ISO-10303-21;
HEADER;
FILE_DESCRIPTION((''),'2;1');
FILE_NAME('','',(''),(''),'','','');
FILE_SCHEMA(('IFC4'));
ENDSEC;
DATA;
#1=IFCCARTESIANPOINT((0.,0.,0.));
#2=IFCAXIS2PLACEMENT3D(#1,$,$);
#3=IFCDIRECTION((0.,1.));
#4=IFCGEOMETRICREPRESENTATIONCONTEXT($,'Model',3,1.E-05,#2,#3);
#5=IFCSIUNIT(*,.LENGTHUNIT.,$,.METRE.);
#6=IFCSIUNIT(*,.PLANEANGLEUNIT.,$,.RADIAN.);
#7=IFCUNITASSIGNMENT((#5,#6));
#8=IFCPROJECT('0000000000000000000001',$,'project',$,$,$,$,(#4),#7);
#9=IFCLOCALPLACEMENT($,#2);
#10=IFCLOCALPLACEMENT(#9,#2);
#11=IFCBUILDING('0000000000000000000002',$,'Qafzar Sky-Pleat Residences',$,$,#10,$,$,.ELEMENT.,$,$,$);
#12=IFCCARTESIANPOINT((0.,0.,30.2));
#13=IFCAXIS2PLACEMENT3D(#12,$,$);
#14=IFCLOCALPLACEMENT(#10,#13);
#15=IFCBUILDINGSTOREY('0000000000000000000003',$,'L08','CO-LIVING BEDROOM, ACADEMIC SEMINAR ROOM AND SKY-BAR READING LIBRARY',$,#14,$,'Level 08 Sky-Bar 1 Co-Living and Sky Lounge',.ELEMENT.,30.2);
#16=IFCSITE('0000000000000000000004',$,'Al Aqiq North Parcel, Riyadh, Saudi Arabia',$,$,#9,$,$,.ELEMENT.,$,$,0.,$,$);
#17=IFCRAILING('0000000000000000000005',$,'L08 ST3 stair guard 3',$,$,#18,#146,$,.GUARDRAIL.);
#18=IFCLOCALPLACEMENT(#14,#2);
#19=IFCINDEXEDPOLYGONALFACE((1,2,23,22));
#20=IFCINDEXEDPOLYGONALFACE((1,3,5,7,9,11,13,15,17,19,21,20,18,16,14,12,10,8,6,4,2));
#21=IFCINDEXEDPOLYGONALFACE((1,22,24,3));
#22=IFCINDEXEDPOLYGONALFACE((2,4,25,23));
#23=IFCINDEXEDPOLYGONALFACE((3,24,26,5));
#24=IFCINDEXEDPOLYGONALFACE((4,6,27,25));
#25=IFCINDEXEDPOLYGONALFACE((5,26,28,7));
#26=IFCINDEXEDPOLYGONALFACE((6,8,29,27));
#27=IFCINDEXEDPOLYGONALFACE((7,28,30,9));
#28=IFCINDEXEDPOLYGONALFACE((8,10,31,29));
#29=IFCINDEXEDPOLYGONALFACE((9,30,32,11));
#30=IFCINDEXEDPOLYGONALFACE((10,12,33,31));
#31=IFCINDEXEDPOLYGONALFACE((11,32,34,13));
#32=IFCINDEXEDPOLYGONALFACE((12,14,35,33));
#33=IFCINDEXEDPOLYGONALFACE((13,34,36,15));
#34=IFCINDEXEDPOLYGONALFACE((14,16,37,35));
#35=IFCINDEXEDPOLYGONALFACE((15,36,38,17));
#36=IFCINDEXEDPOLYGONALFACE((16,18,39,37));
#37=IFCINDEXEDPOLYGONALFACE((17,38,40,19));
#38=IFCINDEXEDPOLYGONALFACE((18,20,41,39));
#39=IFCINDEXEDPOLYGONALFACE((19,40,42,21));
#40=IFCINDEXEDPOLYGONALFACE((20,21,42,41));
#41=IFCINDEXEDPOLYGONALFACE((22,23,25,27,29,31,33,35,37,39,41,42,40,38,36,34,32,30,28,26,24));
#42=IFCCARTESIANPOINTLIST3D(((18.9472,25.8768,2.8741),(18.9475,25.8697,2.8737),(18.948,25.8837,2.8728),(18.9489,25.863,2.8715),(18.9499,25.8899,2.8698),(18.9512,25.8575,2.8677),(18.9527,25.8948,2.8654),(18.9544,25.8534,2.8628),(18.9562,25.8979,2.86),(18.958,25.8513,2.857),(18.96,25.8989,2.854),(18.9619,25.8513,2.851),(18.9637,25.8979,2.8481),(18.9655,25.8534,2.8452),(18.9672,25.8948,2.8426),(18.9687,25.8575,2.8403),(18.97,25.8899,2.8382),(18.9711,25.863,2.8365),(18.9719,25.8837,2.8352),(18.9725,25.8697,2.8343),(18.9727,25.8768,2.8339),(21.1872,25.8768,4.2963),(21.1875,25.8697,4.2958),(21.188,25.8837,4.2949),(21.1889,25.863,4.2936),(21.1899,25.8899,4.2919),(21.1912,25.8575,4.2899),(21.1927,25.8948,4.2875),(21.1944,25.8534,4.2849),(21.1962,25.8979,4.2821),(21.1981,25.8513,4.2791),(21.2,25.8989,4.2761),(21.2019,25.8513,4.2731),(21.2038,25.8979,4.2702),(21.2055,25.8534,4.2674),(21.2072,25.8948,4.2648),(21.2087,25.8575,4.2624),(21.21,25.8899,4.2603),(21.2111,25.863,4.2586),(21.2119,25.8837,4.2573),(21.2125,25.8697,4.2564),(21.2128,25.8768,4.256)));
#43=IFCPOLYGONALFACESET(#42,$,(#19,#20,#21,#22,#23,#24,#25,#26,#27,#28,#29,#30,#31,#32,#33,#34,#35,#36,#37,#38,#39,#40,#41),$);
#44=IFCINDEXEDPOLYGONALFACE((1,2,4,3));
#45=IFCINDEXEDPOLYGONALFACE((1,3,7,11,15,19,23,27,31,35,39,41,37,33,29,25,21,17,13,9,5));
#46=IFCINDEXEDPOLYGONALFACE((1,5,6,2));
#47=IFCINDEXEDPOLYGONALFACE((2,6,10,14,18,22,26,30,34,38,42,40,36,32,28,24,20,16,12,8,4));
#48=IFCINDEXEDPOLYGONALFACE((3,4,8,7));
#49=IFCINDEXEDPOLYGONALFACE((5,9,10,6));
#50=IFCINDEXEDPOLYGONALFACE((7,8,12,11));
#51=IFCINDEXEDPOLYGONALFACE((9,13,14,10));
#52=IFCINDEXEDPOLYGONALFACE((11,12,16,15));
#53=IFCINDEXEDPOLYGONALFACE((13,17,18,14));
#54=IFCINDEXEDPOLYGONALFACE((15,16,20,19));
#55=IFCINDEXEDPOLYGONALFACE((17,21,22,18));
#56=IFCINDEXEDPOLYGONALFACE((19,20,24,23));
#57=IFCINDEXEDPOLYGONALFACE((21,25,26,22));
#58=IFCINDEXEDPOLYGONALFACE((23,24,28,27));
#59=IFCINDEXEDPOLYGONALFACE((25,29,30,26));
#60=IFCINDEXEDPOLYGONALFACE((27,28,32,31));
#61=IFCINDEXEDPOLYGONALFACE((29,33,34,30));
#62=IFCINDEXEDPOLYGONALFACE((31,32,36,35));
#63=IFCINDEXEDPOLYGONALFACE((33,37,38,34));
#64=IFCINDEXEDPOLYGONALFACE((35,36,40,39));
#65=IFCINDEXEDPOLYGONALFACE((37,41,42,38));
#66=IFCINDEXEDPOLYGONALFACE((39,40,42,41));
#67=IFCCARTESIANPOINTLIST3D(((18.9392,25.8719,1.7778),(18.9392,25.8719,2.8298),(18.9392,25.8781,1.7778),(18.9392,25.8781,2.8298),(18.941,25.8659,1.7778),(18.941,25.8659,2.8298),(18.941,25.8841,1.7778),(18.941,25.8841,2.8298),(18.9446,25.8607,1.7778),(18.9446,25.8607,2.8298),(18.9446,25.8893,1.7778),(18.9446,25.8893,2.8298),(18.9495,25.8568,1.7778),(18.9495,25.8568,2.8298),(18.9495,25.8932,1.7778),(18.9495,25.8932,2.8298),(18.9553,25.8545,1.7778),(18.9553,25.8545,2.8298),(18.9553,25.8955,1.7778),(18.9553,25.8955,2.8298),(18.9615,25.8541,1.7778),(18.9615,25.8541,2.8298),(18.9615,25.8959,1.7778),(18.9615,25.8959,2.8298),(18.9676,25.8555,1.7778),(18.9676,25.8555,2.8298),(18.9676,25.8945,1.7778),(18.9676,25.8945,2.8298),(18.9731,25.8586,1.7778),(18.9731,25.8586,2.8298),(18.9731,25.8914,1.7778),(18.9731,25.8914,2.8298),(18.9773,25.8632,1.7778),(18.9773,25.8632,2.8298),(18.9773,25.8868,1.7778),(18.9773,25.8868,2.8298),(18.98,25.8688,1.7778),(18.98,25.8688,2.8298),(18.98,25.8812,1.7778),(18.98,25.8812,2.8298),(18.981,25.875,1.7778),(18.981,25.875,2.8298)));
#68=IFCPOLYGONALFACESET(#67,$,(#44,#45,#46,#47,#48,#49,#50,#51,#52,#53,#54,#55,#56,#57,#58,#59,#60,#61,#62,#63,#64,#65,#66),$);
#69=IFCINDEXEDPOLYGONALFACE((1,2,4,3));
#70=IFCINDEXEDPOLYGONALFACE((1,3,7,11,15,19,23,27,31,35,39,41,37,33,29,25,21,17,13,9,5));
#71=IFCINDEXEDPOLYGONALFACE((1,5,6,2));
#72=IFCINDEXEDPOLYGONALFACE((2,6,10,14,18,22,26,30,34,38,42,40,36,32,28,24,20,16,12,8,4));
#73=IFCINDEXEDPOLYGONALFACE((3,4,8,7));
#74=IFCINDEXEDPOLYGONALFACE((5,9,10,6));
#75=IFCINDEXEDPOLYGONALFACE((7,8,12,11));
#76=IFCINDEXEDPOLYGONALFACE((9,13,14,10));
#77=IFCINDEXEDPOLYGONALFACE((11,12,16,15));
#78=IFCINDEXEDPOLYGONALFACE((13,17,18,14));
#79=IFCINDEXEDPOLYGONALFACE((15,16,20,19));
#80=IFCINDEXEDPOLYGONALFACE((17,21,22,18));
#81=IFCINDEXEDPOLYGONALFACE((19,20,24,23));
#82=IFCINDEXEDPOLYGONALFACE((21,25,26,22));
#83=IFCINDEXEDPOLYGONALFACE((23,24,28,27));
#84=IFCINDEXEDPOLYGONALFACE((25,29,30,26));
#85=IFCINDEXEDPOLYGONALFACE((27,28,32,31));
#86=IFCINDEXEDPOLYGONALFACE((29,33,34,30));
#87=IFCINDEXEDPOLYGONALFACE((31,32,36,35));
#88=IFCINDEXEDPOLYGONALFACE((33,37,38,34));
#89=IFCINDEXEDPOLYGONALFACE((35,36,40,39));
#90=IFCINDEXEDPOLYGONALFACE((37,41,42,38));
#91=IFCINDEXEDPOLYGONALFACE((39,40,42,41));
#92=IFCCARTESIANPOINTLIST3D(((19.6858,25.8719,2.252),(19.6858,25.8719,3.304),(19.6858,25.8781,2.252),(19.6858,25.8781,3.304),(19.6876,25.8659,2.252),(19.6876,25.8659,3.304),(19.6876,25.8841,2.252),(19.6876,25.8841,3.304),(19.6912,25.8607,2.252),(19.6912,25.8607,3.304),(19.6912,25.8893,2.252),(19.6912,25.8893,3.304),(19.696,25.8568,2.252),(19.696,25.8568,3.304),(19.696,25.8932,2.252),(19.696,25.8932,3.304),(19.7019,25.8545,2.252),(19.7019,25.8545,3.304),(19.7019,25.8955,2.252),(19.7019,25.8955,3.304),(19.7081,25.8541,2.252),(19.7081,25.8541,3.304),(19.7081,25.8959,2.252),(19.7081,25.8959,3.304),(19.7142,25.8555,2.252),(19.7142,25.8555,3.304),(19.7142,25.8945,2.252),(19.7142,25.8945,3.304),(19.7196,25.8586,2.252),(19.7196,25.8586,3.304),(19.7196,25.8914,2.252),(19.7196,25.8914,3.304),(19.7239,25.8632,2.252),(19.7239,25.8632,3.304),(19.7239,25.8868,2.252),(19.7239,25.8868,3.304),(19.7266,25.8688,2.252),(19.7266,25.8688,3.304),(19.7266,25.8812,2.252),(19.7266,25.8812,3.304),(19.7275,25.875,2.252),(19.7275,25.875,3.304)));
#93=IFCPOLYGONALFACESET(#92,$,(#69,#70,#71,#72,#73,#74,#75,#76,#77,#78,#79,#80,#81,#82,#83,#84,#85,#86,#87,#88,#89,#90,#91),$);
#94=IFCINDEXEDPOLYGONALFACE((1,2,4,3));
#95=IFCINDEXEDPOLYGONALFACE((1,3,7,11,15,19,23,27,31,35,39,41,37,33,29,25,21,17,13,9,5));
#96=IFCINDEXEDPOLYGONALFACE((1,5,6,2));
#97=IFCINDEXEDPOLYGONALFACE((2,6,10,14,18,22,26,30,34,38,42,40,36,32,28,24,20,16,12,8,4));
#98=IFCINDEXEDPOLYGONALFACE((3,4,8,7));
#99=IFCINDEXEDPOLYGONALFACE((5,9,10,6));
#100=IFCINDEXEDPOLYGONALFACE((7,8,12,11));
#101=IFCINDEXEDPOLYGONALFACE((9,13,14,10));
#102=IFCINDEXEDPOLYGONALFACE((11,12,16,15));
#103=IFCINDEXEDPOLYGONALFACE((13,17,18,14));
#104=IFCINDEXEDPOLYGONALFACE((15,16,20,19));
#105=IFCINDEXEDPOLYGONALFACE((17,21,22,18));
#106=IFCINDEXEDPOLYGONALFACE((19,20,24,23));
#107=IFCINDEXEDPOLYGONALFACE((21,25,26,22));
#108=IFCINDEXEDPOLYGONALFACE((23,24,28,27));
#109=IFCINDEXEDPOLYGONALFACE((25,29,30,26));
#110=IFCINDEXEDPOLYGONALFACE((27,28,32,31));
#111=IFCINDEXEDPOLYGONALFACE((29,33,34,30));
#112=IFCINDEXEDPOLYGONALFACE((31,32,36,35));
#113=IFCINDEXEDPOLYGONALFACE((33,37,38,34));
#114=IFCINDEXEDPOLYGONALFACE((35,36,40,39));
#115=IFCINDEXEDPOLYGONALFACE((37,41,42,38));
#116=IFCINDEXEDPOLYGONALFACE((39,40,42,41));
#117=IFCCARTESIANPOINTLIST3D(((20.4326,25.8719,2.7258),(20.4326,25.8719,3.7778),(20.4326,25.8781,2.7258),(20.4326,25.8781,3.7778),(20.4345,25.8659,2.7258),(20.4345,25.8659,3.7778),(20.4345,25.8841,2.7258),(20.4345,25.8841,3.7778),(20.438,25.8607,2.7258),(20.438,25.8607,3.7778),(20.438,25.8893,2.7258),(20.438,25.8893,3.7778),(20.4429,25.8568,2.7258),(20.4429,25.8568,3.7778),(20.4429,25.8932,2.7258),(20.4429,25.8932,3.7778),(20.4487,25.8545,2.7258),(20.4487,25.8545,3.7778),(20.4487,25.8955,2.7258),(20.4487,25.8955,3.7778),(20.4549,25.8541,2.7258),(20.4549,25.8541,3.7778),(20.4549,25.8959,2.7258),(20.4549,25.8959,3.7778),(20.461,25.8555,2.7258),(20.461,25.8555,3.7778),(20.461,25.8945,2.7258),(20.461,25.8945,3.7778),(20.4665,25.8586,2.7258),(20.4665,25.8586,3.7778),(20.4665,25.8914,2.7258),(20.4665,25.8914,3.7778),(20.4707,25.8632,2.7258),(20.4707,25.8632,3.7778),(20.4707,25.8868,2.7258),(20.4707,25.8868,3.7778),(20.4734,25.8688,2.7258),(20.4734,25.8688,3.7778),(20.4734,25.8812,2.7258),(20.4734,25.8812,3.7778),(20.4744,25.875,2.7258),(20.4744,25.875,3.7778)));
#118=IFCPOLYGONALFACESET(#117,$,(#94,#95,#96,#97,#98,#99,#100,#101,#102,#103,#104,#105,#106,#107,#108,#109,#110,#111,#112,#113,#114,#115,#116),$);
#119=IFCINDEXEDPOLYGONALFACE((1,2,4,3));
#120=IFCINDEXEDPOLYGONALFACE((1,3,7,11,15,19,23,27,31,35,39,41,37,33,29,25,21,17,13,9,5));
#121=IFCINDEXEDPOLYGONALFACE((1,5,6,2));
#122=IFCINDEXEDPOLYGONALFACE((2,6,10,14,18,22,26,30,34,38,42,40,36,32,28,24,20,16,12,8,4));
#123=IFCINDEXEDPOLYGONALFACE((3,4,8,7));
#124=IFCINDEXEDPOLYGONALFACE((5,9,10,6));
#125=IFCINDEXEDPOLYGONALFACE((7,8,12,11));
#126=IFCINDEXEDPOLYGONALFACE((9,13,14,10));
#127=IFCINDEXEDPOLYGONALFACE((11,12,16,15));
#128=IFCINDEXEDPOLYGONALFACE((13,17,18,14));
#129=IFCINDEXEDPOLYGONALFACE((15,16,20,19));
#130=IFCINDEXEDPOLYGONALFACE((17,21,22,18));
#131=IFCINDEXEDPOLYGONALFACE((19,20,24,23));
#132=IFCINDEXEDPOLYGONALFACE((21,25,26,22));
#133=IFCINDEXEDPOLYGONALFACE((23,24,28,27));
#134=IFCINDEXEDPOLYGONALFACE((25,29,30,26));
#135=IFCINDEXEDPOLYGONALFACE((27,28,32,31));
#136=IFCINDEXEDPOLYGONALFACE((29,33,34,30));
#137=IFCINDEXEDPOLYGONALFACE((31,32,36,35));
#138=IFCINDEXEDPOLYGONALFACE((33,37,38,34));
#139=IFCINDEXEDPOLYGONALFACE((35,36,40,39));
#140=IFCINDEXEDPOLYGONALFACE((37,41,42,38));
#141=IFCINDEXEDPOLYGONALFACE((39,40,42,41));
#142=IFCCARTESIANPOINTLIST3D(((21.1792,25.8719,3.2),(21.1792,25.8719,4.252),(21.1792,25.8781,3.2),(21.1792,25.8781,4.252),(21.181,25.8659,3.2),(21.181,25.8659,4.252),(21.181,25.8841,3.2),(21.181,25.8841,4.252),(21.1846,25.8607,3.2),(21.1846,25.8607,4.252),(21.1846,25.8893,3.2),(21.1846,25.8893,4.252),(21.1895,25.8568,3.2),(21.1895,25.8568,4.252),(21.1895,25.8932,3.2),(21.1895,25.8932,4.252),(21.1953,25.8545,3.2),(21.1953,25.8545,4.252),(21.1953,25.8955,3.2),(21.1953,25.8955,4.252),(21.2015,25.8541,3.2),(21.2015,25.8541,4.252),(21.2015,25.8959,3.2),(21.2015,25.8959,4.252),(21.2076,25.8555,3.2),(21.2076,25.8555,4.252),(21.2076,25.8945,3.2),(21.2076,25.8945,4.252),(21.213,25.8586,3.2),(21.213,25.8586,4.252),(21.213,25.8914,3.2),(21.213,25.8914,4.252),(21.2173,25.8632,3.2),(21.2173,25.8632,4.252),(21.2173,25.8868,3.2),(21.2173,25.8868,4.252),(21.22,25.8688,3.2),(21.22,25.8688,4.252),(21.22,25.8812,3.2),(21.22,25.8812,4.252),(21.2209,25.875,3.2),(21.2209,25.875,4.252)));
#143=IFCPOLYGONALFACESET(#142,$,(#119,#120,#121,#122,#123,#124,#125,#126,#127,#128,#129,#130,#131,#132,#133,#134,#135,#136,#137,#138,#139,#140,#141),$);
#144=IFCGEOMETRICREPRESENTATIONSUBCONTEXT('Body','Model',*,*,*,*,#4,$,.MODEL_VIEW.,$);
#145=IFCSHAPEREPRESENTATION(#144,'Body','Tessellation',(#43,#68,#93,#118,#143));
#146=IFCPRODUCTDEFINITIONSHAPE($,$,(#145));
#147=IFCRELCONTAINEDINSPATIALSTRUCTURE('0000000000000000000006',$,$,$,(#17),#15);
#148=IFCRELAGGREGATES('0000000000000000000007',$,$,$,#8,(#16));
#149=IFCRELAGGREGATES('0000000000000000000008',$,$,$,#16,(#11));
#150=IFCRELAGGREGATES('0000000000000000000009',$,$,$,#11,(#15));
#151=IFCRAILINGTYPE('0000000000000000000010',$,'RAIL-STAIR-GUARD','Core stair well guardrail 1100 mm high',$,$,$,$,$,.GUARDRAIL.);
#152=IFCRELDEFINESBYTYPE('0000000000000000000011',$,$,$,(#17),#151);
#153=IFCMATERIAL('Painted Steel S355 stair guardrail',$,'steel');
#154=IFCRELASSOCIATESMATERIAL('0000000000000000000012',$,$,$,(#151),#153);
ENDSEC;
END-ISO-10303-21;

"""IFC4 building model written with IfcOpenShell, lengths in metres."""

from ifc_helpers import new_model, si_unit, direction, frame, origin, origin_2d, place, context, subcontext, project, spatial, circle, extrude, source, transform, mapped, material, type_object, element, save


model = new_model("IFC4")

# Units and contexts
model_context = context("Model", 3, precision=1e-05, world=origin(), true_north=direction((0.0, 1.0)))
body_context = subcontext(model_context, "Body", "Model", "MODEL_VIEW")
ifc_project = project(units=[si_unit("LENGTHUNIT", "METRE"), si_unit("PLANEANGLEUNIT", "RADIAN")], contexts=[model_context])

# Site, building, storey
site_placement = place(None, origin())
site = spatial("IfcSite", under=ifc_project, at=site_placement, Name="Al Aqiq North Parcel, Riyadh, Saudi Arabia", CompositionType="ELEMENT", RefElevation=0.0)
building_placement = place(site_placement, origin())
building = spatial("IfcBuilding", under=site, at=building_placement, Name="Qafzar Sky-Pleat Residences", CompositionType="ELEMENT")
storey_placement = place(building_placement, frame((0.0, 0.0, 30.2)))
storey = spatial("IfcBuildingStorey", under=building, at=storey_placement, Name="L08", Description="CO-LIVING BEDROOM, ACADEMIC SEMINAR ROOM AND SKY-BAR READING LIBRARY", LongName="Level 08 Sky-Bar 1 Co-Living and Sky Lounge", CompositionType="ELEMENT", Elevation=30.2)

# Railing
ifc_material_1 = material(Name="Painted Steel S355 stair guardrail", Category="steel")
railing_type_1 = type_object("IfcRailingType", Name="RAIL-STAIR-GUARD", Description="Core stair well guardrail 1100 mm high", PredefinedType="GUARDRAIL", material=ifc_material_1)
shared_shape_1 = source(origin(), body_context, "Body", "SweptSolid", [
    extrude(circle(Radius=0.0239, at=origin_2d()), frame((0.0, 0.0, 1.0762), z_axis=(0.844229, 0.0, 0.535982), x_axis=(0.0, 1.0, 0.0)), (0.0, 0.0, 1.0), 2.6533),
    extrude(circle(Radius=0.021, at=origin_2d()), origin(), (0.0, 0.0, 1.0), 1.052),
    extrude(circle(Radius=0.021, at=origin_2d()), frame((0.7466, 0.0, 0.4741)), (0.0, 0.0, 1.0), 1.052),
    extrude(circle(Radius=0.021, at=origin_2d()), frame((1.4934, 0.0, 0.948)), (0.0, 0.0, 1.0), 1.052),
    extrude(circle(Radius=0.021, at=origin_2d()), frame((2.24, 0.0, 1.4221)), (0.0, 0.0, 1.0), 1.052),
])
railing_1_placement = place(storey_placement, frame((18.96, 25.875, 1.7778)))
element("IfcRailing", 1, at=railing_1_placement, inside=storey, type_object=railing_type_1, Name="L08 ST3 stair guard 3", PredefinedType="GUARDRAIL", context=body_context, shape_type="MappedRepresentation", body=[
    mapped(shared_shape_1, transform((0.0, 0.0, 0.0), x_axis=(1.0, 0.0, 0.0), y_axis=(0.0, 1.0, 0.0), z_axis=(0.0, 0.0, 1.0), scale=1.0)),
])

save(model, "model.ifc")
